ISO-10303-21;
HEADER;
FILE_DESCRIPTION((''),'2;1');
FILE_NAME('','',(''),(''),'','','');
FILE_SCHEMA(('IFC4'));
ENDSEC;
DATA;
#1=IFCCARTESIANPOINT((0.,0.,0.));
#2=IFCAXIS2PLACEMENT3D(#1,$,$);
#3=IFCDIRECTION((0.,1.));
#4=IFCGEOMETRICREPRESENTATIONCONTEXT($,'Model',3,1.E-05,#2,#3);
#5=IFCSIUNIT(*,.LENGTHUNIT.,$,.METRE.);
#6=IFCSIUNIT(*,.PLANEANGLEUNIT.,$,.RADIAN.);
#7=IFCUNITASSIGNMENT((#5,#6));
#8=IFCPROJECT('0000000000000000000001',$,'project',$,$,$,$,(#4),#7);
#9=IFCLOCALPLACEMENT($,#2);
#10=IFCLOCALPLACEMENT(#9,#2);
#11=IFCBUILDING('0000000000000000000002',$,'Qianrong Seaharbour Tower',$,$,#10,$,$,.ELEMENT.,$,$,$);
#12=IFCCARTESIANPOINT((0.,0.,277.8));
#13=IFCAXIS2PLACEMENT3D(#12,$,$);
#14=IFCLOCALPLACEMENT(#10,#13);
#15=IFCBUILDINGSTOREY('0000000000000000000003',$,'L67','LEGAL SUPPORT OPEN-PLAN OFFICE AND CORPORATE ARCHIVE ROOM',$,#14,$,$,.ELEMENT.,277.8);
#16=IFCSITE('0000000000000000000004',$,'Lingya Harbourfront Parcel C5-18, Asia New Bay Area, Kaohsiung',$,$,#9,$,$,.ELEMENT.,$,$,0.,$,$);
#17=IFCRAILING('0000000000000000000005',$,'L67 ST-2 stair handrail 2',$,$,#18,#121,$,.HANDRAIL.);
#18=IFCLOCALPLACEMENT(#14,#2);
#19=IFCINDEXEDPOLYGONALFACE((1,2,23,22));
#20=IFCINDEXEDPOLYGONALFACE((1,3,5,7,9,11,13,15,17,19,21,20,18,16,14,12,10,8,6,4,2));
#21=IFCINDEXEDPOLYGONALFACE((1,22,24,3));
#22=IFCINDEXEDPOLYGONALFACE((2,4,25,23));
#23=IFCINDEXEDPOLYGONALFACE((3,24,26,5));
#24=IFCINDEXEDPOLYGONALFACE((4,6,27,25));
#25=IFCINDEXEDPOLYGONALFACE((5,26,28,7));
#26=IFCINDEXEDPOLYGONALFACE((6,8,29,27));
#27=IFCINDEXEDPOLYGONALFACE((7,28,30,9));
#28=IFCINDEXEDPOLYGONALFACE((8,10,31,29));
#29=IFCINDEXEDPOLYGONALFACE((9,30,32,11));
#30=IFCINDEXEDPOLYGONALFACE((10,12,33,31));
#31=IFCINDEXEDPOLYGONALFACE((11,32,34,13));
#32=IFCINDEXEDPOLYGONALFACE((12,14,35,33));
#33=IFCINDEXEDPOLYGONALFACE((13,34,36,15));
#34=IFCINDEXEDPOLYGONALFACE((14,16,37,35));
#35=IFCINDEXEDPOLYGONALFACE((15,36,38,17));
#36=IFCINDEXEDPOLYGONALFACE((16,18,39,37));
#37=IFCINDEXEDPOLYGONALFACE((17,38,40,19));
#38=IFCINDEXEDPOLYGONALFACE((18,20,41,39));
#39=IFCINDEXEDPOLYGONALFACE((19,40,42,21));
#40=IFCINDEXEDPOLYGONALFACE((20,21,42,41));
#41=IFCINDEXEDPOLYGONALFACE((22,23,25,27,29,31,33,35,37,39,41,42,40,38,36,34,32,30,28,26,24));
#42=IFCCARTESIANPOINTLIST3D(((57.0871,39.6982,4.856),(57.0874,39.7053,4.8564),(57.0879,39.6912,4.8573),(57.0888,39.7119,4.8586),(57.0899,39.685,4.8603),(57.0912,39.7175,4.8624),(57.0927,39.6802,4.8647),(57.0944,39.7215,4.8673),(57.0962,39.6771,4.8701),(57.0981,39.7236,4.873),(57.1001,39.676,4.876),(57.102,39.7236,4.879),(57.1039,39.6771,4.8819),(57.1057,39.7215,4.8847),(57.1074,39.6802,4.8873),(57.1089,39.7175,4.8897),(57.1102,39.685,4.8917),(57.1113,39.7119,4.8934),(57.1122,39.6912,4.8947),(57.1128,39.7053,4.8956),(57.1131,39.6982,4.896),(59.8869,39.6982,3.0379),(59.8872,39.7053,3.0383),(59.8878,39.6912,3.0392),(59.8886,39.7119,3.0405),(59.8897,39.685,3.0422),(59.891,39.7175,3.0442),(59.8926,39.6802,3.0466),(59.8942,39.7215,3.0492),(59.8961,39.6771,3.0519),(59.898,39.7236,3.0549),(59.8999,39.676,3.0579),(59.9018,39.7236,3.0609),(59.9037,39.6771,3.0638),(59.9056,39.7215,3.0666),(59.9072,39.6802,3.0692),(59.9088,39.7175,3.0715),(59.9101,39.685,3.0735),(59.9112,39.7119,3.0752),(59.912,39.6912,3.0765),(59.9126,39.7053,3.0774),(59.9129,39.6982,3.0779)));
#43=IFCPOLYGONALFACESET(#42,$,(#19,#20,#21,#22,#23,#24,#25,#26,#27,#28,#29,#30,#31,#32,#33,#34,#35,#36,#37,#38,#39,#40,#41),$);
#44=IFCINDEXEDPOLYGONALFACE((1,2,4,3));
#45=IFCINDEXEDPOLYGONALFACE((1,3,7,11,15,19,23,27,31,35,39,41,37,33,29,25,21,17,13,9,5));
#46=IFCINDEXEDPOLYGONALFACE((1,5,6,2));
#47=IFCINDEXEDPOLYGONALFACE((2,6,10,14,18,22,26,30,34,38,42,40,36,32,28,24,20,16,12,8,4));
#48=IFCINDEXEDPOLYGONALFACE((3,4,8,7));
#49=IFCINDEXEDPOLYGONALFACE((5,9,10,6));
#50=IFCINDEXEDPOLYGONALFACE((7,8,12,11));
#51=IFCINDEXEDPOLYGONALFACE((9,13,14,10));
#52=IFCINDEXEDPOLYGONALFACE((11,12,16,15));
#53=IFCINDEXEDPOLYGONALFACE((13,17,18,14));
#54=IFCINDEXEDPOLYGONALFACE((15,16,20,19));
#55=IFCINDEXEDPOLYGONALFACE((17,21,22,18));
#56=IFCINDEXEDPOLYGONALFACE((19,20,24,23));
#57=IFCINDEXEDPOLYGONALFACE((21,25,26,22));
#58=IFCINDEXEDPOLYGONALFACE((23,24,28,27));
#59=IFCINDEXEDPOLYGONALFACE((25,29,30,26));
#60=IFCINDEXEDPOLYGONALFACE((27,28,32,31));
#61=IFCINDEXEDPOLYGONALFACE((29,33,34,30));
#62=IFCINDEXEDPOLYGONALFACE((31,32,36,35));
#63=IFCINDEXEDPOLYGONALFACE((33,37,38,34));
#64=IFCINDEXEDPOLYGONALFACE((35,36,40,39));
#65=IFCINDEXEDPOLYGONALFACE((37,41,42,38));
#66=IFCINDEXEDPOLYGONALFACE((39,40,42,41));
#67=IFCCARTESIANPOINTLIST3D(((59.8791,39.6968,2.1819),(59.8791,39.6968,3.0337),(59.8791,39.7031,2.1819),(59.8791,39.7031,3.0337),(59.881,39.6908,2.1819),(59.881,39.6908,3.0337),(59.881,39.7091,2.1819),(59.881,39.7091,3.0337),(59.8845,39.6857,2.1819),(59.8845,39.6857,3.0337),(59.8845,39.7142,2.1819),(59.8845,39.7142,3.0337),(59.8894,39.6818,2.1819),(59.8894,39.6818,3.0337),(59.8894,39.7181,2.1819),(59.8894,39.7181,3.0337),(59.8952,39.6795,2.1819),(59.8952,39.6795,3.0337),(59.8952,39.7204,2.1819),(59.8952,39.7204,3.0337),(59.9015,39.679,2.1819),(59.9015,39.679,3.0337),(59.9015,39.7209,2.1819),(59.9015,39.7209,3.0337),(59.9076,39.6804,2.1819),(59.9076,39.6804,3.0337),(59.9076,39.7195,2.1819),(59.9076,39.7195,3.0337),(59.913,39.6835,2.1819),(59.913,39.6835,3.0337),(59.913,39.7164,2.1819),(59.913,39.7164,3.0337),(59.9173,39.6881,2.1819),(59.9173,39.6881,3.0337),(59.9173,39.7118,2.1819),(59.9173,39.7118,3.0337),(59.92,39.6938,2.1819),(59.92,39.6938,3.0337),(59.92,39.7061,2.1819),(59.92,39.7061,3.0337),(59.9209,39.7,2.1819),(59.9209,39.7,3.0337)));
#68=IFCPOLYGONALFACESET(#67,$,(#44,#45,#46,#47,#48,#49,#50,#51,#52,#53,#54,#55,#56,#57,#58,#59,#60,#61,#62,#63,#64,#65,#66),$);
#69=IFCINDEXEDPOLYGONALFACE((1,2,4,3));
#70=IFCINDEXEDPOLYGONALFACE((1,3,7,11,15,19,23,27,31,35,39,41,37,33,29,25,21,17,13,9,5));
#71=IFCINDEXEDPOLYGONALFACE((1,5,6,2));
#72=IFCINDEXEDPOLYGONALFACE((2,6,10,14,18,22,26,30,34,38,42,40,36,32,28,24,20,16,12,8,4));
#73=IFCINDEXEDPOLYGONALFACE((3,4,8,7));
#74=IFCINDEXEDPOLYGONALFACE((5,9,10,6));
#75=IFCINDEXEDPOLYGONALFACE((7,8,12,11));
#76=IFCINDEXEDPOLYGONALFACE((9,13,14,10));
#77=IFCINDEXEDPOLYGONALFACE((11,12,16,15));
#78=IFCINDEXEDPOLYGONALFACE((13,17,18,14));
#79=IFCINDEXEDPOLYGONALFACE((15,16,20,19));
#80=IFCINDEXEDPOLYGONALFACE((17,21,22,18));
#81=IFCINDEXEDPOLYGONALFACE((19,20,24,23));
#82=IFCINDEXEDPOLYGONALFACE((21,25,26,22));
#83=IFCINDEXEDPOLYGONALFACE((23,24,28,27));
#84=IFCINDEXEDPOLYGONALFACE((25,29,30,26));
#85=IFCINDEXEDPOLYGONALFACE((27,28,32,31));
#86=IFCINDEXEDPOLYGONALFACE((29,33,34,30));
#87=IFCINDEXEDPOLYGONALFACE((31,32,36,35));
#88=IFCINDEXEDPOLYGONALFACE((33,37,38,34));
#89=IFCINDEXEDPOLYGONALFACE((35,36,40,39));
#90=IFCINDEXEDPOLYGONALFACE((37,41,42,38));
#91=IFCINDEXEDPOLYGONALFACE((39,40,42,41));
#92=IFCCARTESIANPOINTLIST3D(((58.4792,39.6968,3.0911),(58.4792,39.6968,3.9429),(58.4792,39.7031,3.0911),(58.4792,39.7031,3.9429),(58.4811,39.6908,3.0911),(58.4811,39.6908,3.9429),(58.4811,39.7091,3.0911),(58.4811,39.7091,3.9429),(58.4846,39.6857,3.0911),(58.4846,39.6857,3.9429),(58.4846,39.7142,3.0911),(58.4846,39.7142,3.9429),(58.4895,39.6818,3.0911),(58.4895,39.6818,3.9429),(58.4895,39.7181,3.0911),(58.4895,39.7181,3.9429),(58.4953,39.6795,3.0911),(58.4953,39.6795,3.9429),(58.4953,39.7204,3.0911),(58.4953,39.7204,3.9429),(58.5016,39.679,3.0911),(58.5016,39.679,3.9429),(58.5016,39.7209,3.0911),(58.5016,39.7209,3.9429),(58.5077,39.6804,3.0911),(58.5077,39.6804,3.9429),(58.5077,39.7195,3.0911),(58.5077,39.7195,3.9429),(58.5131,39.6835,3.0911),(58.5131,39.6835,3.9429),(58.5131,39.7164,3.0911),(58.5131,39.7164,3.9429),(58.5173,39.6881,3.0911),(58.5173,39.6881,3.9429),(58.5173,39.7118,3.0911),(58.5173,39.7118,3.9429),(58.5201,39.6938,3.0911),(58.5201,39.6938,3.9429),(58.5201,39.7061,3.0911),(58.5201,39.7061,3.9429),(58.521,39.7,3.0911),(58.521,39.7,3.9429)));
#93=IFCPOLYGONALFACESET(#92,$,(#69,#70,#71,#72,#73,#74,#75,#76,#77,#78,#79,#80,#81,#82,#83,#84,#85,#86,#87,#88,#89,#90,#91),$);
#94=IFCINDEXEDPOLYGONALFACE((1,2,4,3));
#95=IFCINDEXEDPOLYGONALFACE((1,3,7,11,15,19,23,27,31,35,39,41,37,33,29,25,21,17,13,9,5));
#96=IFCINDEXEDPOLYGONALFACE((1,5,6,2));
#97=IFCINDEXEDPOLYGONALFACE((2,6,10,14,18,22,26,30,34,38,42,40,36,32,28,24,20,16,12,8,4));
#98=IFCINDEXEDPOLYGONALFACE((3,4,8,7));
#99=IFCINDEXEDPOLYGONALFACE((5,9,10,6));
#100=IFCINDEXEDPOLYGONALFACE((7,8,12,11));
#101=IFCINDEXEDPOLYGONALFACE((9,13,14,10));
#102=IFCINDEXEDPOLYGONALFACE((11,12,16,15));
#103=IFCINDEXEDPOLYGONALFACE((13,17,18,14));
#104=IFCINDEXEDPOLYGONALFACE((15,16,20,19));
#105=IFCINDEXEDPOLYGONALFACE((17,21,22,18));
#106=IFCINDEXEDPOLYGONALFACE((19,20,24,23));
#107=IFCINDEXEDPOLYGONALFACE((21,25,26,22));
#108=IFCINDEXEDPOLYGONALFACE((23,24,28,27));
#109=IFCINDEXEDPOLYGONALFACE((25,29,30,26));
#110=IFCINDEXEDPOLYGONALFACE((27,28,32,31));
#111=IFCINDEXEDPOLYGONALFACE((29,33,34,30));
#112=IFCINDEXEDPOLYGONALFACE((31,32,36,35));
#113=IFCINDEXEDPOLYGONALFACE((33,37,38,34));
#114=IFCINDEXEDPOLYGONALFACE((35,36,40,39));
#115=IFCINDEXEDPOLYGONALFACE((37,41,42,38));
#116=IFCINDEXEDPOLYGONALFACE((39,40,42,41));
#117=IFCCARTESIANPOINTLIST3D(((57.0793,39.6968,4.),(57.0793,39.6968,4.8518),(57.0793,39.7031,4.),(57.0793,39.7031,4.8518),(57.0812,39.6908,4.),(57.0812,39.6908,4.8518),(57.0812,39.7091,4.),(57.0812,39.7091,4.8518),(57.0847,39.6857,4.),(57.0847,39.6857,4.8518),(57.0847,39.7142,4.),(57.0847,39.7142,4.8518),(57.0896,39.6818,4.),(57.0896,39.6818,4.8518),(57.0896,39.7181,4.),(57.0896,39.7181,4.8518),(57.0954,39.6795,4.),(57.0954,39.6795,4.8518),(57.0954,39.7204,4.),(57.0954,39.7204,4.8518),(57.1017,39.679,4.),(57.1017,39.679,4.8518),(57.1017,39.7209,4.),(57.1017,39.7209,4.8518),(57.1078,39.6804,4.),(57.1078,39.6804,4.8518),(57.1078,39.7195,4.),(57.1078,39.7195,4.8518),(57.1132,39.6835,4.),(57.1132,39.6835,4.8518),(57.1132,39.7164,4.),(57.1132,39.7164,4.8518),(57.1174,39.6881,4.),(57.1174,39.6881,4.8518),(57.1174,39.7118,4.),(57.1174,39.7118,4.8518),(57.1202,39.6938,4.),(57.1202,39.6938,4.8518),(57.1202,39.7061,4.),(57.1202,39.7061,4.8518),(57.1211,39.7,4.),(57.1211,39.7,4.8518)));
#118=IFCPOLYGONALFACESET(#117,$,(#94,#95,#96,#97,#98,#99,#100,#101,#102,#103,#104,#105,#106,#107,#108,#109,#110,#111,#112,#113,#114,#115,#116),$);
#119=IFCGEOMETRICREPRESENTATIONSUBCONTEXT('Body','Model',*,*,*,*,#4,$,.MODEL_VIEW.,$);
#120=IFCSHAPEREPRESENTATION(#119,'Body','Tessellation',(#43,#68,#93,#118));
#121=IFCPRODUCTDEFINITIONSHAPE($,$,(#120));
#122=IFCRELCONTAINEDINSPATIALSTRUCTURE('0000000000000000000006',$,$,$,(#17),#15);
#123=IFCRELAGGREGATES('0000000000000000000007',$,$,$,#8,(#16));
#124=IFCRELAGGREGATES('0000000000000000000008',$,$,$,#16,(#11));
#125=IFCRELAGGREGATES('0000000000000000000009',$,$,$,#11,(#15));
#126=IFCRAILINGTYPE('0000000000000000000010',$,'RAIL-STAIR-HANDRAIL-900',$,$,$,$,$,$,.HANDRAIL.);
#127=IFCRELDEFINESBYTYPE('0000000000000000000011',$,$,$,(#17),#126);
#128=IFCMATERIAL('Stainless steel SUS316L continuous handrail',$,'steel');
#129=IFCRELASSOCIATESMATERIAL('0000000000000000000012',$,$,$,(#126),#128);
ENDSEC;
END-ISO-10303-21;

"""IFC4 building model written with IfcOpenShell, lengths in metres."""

from ifc_helpers import new_model, si_unit, direction, frame, origin, origin_2d, place, context, subcontext, project, spatial, circle, extrude, material, type_object, element, save


model = new_model("IFC4")

# Units and contexts
model_context = context("Model", 3, precision=1e-05, world=origin(), true_north=direction((0.0, 1.0)))
body_context = subcontext(model_context, "Body", "Model", "MODEL_VIEW")
ifc_project = project(units=[si_unit("LENGTHUNIT", "METRE"), si_unit("PLANEANGLEUNIT", "RADIAN")], contexts=[model_context])

# Site, building, storey
site_placement = place(None, origin())
site = spatial("IfcSite", under=ifc_project, at=site_placement, Name="Lingya Harbourfront Parcel C5-18, Asia New Bay Area, Kaohsiung", CompositionType="ELEMENT", RefElevation=0.0)
building_placement = place(site_placement, origin())
building = spatial("IfcBuilding", under=site, at=building_placement, Name="Qianrong Seaharbour Tower", CompositionType="ELEMENT")
storey_placement = place(building_placement, frame((0.0, 0.0, 277.8)))
storey = spatial("IfcBuildingStorey", under=building, at=storey_placement, Name="L67", Description="LEGAL SUPPORT OPEN-PLAN OFFICE AND CORPORATE ARCHIVE ROOM", CompositionType="ELEMENT", Elevation=277.8)

# Railing
ifc_material_1 = material(Name="Stainless steel SUS316L continuous handrail", Category="steel")
railing_type_1 = type_object("IfcRailingType", Name="RAIL-STAIR-HANDRAIL-900", PredefinedType="HANDRAIL", material=ifc_material_1)
railing_1_placement = place(storey_placement, frame((59.8999, 39.7, 2.1819)))
element("IfcRailing", 1, at=railing_1_placement, inside=storey, type_object=railing_type_1, Name="L67 ST-2 stair handrail 2", PredefinedType="HANDRAIL", context=body_context, shape_type="SweptSolid", body=[
    extrude(circle(Radius=0.0239, at=origin_2d()), frame((0.0, 0.0, 0.876), z_axis=(-0.838684, 0.0, 0.544618), x_axis=(0.0, -1.0, 0.0)), (0.0, 0.0, 1.0), 3.3384),
    extrude(circle(Radius=0.021, at=origin_2d()), origin(), (0.0, 0.0, 1.0), 0.8518),
    extrude(circle(Radius=0.021, at=origin_2d()), frame((-1.3999, 0.0, 0.9092)), (0.0, 0.0, 1.0), 0.8518),
    extrude(circle(Radius=0.021, at=origin_2d()), frame((-2.7998, 0.0, 1.8181)), (0.0, 0.0, 1.0), 0.8518),
])

save(model, "model.ifc")
